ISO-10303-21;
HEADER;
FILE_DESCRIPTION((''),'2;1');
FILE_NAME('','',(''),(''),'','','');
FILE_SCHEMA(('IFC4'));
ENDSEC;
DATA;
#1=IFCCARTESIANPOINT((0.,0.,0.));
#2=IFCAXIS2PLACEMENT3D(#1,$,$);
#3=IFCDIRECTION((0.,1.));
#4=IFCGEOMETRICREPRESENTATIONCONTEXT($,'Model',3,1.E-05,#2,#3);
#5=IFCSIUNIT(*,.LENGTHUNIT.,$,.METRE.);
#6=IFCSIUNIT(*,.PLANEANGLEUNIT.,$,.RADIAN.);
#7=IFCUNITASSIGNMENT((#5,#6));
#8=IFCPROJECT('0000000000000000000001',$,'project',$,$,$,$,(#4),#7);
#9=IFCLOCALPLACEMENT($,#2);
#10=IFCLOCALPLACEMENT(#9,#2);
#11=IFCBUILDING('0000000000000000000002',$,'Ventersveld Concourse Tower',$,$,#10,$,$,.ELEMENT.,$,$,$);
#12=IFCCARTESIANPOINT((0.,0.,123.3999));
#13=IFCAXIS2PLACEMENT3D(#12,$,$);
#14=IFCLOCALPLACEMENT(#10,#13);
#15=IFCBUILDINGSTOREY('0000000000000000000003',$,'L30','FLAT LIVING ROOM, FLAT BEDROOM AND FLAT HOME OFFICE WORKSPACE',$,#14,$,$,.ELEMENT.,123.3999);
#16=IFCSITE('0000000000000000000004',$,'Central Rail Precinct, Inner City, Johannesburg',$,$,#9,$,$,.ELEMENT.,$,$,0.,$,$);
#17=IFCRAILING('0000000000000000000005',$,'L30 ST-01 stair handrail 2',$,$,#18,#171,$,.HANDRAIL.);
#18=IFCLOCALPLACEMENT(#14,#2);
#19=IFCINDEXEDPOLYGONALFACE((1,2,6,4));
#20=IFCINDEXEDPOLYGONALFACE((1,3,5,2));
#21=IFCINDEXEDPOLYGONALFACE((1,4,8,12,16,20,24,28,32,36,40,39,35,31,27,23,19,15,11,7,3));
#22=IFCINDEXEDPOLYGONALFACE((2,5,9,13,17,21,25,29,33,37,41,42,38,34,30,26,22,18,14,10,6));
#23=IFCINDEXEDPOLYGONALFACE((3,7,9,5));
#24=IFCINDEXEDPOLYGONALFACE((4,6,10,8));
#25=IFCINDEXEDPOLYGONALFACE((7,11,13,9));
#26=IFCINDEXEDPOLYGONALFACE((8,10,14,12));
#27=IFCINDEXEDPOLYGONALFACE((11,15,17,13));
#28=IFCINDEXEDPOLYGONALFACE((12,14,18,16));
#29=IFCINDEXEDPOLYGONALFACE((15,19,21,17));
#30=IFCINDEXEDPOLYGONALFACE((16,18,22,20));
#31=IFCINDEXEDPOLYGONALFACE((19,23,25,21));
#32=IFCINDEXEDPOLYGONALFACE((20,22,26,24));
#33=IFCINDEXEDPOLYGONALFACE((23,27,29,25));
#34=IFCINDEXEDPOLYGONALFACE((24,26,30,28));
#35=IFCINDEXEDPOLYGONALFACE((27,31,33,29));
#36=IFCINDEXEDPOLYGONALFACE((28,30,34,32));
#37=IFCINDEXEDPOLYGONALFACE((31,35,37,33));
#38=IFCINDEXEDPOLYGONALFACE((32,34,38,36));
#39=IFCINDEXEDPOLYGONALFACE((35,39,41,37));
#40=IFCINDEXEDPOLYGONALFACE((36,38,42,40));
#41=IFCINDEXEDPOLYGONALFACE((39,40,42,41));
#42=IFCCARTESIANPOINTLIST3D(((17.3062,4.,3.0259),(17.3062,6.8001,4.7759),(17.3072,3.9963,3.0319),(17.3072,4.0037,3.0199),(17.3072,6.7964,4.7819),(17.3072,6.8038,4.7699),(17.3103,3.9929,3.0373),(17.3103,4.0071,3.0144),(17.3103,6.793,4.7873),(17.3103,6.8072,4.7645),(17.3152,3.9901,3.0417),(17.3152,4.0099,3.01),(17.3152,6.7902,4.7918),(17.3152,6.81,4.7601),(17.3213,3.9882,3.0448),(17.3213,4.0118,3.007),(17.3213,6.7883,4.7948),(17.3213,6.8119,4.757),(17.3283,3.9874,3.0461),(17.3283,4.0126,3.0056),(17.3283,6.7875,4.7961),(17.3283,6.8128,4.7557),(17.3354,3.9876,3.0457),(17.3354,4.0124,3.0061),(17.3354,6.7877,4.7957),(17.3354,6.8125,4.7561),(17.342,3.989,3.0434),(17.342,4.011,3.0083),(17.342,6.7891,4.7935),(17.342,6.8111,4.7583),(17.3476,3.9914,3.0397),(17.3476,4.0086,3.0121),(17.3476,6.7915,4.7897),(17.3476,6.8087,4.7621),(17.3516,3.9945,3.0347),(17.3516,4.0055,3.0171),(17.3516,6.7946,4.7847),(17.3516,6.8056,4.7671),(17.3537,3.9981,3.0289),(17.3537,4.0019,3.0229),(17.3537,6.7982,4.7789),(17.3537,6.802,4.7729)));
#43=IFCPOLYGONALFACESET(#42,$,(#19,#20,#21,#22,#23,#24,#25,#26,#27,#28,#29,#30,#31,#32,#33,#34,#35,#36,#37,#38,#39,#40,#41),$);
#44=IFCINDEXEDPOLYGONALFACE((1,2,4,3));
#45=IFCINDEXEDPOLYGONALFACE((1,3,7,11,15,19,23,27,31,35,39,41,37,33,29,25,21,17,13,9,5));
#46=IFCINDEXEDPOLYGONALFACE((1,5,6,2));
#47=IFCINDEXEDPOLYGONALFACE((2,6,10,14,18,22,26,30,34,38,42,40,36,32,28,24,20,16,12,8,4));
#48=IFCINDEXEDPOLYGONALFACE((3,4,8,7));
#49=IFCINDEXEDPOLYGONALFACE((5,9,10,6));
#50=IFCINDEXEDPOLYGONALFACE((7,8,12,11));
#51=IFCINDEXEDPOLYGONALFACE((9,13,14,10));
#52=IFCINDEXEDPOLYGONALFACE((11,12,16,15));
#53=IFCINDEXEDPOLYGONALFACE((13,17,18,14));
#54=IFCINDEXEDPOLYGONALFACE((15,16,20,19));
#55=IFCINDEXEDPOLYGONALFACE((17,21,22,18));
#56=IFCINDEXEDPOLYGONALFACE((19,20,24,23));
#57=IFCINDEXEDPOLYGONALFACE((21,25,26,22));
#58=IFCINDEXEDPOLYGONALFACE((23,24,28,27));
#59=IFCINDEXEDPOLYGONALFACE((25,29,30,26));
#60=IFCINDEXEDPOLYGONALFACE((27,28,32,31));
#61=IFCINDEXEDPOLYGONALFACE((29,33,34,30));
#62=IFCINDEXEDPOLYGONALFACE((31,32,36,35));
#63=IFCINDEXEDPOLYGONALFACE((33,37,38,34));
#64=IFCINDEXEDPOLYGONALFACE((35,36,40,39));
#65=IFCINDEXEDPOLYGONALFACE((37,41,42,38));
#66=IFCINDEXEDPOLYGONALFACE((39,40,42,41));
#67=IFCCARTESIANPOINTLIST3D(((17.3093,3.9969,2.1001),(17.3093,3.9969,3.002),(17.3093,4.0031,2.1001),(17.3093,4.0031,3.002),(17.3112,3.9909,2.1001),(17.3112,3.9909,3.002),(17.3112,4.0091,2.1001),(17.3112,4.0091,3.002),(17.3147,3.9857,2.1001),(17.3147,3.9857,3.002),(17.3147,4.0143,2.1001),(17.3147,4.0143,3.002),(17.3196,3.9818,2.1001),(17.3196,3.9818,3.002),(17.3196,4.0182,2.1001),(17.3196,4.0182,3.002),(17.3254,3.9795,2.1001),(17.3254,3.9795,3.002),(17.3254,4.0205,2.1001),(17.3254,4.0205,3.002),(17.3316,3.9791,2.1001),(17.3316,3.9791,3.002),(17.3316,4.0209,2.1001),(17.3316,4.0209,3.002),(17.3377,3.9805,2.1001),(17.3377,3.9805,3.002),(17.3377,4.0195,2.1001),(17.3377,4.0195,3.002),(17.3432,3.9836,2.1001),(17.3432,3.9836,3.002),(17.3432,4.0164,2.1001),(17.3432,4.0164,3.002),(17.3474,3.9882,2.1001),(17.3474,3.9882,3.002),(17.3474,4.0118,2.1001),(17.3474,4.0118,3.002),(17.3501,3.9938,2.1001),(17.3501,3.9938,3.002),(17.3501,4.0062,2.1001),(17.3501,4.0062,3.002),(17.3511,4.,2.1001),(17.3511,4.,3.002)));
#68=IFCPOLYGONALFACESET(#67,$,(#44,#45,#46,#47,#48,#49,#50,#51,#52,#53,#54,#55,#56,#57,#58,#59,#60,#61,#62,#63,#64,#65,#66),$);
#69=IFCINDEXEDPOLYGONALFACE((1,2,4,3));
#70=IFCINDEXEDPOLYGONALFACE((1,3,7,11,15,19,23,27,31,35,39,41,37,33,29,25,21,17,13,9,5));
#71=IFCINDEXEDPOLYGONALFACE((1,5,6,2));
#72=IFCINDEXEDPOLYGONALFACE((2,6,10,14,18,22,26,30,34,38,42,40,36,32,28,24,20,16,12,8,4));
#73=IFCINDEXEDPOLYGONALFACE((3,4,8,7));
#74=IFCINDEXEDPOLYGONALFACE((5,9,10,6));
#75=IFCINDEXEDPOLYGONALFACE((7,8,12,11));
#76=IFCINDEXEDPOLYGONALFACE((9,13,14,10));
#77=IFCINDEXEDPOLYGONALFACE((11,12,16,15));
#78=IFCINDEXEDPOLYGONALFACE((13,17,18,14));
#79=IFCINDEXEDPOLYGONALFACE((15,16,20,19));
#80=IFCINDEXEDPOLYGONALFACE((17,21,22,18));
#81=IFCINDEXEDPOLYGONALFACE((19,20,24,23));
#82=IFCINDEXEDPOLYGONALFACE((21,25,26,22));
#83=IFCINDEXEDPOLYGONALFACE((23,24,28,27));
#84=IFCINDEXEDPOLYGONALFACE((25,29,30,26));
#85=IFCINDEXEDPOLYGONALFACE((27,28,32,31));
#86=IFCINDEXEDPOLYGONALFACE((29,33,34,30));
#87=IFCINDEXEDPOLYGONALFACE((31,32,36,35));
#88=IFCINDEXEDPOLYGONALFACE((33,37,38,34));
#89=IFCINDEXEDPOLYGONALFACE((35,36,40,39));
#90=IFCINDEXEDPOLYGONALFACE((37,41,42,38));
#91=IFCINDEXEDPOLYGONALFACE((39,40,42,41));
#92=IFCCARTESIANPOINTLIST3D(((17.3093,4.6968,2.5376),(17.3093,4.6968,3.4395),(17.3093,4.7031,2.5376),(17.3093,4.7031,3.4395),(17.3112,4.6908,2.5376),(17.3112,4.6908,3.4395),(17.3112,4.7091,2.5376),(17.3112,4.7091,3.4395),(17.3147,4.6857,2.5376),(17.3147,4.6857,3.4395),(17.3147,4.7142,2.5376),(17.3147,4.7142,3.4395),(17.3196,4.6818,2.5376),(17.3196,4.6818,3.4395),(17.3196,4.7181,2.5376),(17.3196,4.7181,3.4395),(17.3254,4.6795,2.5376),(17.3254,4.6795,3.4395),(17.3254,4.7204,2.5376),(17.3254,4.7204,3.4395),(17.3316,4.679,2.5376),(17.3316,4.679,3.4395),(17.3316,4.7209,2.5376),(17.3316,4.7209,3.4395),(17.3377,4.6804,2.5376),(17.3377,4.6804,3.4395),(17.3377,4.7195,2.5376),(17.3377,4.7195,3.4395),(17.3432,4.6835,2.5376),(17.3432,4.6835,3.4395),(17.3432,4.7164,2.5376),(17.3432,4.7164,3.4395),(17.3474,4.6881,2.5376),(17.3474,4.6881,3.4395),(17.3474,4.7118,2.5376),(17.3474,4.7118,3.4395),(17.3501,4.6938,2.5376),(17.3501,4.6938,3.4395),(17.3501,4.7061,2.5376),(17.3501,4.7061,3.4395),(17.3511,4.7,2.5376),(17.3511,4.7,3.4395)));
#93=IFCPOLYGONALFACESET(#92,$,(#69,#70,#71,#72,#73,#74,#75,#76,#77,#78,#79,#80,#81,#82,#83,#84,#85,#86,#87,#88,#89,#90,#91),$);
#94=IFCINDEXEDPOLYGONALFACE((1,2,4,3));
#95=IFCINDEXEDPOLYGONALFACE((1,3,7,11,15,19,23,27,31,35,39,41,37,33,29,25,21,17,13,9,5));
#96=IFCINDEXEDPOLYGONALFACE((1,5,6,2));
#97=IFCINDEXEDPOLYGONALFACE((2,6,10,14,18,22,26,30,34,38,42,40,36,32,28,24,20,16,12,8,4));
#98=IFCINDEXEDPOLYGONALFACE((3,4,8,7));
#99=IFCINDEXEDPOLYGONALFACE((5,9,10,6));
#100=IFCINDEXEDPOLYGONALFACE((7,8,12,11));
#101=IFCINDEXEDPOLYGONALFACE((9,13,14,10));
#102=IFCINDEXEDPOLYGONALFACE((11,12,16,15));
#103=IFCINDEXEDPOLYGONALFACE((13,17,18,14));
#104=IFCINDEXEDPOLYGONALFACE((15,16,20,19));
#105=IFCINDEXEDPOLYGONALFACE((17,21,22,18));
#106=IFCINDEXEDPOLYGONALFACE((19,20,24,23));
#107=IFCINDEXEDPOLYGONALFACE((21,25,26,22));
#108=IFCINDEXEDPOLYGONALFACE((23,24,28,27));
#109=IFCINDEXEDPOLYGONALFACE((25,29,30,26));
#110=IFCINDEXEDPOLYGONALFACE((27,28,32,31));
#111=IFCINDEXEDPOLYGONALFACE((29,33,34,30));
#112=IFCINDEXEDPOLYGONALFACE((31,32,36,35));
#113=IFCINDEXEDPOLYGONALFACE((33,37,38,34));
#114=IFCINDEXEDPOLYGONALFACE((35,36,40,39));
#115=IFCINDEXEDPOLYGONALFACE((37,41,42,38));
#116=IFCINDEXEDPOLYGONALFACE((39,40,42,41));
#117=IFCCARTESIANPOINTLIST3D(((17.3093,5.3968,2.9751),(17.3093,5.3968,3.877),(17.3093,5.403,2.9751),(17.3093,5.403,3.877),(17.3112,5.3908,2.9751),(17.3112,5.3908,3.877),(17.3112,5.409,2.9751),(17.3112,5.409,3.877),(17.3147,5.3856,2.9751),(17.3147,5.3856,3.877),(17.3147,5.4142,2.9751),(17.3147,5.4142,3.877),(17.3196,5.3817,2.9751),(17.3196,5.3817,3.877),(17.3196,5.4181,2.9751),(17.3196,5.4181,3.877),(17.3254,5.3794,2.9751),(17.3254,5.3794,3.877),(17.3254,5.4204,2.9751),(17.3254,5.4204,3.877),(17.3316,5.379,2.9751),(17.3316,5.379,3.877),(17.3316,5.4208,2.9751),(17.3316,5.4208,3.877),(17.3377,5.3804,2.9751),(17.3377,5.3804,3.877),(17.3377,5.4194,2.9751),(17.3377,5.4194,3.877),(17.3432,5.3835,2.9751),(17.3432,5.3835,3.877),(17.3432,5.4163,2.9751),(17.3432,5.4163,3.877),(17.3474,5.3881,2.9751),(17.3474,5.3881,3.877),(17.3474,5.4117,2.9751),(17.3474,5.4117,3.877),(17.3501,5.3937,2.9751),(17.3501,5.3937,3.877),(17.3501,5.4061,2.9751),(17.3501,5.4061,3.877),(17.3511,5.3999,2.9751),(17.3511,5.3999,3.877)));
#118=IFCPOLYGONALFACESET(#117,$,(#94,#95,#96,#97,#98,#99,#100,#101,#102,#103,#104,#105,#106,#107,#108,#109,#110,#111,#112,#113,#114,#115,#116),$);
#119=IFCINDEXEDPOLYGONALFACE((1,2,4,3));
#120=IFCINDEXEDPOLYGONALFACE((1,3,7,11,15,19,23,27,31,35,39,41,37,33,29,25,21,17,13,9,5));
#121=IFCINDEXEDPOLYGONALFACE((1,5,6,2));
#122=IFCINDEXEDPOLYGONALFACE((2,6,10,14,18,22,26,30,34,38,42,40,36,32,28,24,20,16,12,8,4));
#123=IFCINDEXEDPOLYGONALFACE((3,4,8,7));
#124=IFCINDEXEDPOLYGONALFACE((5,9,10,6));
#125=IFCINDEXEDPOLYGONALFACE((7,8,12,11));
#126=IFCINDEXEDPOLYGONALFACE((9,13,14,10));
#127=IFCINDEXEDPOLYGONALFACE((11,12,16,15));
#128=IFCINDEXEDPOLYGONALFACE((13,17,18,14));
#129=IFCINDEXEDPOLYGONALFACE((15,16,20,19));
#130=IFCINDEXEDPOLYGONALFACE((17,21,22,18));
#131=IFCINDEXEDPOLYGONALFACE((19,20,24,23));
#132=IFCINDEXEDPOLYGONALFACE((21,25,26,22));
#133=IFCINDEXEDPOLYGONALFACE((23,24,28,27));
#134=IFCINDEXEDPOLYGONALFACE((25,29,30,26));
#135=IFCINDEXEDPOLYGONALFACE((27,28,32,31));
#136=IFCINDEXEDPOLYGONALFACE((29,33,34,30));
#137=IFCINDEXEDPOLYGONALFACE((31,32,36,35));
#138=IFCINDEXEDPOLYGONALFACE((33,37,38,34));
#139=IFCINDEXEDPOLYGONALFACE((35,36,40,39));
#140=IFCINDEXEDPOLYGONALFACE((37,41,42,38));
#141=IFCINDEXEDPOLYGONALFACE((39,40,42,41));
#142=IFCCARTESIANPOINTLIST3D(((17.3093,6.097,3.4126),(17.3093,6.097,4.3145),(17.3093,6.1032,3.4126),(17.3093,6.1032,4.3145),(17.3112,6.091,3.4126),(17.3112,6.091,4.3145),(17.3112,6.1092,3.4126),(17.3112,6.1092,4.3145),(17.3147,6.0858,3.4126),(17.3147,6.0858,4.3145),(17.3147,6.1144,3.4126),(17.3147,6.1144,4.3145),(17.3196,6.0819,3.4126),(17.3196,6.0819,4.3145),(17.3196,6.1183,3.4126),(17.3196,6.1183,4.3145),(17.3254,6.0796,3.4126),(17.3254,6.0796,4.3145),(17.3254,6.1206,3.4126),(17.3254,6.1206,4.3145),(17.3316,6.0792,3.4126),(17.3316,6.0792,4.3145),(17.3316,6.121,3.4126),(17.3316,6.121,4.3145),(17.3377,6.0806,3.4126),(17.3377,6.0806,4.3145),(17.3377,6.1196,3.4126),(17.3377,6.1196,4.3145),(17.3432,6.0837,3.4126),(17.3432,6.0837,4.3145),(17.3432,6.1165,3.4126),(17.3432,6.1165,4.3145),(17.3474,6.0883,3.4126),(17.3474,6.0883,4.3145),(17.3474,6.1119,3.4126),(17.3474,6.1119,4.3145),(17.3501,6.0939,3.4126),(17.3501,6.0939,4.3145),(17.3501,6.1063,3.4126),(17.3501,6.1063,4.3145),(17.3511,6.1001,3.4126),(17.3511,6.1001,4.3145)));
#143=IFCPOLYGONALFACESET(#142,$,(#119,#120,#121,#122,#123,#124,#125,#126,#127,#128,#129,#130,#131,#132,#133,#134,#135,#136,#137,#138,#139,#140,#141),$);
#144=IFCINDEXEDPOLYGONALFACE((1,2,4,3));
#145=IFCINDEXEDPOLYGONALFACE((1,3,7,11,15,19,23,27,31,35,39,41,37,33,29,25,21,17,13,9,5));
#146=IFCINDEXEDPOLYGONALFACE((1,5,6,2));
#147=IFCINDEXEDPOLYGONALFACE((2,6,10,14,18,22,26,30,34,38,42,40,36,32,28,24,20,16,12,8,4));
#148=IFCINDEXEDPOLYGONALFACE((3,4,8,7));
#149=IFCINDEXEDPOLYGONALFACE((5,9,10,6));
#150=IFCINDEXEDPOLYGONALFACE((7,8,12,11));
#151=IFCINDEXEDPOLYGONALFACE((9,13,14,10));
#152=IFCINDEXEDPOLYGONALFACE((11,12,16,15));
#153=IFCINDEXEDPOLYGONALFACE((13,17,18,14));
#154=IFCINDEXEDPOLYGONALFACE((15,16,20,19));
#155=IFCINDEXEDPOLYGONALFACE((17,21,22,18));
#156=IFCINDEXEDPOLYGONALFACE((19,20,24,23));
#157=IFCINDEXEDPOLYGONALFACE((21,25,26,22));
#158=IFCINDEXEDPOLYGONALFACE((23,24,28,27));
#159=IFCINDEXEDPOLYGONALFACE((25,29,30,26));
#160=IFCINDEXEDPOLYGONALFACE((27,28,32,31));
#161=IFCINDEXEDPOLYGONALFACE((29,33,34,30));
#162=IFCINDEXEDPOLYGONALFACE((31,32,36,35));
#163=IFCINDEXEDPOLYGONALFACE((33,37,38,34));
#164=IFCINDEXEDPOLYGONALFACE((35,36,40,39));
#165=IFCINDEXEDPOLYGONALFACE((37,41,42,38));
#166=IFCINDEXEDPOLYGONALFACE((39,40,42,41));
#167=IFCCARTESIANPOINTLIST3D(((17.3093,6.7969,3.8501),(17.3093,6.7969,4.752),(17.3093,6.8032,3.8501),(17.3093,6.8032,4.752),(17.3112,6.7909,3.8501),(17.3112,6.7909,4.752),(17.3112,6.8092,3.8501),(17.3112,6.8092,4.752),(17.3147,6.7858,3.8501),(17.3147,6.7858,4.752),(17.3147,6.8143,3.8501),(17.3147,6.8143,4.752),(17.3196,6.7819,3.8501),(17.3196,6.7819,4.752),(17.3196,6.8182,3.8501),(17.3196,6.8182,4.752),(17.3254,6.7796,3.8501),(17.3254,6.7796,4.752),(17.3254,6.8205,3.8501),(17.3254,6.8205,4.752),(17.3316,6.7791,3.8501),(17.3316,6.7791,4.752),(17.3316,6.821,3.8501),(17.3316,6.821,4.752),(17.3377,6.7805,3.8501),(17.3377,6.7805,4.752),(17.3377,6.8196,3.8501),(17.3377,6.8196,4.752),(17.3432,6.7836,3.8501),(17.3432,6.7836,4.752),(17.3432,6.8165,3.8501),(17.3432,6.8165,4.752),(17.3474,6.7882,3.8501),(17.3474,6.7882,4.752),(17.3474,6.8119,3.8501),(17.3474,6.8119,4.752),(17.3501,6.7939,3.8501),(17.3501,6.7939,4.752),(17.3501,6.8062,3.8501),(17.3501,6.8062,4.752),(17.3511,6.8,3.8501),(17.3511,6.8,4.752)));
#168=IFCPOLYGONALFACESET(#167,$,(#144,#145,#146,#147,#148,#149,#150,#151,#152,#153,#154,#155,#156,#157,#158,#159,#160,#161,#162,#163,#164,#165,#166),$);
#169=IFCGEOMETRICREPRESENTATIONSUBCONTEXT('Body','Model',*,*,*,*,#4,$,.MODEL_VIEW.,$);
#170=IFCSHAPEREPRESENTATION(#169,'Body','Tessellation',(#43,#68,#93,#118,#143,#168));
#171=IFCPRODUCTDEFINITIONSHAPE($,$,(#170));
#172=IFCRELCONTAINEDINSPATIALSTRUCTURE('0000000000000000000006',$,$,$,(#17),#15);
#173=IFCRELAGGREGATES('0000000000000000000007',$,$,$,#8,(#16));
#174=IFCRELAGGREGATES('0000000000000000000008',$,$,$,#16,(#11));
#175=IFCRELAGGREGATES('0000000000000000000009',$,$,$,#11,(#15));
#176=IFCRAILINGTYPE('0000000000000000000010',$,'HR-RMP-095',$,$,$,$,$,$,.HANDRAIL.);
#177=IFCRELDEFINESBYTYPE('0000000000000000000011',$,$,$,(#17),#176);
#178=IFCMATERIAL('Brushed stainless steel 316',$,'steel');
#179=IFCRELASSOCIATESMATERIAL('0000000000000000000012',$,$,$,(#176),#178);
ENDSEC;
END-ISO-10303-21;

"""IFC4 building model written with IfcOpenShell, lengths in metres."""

from ifc_helpers import new_model, si_unit, direction, frame, origin, origin_2d, place, context, subcontext, project, spatial, circle, extrude, material, type_object, element, save


model = new_model("IFC4")

# Units and contexts
model_context = context("Model", 3, precision=1e-05, world=origin(), true_north=direction((0.0, 1.0)))
body_context = subcontext(model_context, "Body", "Model", "MODEL_VIEW")
ifc_project = project(units=[si_unit("LENGTHUNIT", "METRE"), si_unit("PLANEANGLEUNIT", "RADIAN")], contexts=[model_context])

# Site, building, storey
site_placement = place(None, origin())
site = spatial("IfcSite", under=ifc_project, at=site_placement, Name="Central Rail Precinct, Inner City, Johannesburg", CompositionType="ELEMENT", RefElevation=0.0)
building_placement = place(site_placement, origin())
building = spatial("IfcBuilding", under=site, at=building_placement, Name="Ventersveld Concourse Tower", CompositionType="ELEMENT")
storey_placement = place(building_placement, frame((0.0, 0.0, 123.3999)))
storey = spatial("IfcBuildingStorey", under=building, at=storey_placement, Name="L30", Description="FLAT LIVING ROOM, FLAT BEDROOM AND FLAT HOME OFFICE WORKSPACE", CompositionType="ELEMENT", Elevation=123.3999)

# Shared definitions
ifc_material_1 = material(Name="Brushed stainless steel 316", Category="steel")

# Railing
railing_type_1 = type_object("IfcRailingType", Name="HR-RMP-095", PredefinedType="HANDRAIL", material=ifc_material_1)
railing_1_placement = place(storey_placement, frame((17.3301, 4.0, 2.1001)))
element("IfcRailing", 1, at=railing_1_placement, inside=storey, type_object=railing_type_1, Name="L30 ST-01 stair handrail 2", PredefinedType="HANDRAIL", context=body_context, shape_type="SweptSolid", body=[
    extrude(circle(Radius=0.0239, at=origin_2d()), frame((0.0, 0.0, 0.9258), z_axis=(0.0, 0.848002, 0.529992), x_axis=(-1.0, 0.0, 0.0)), (0.0, 0.0, 1.0), 3.302),
    extrude(circle(Radius=0.021, at=origin_2d()), origin(), (0.0, 0.0, 1.0), 0.9019),
    extrude(circle(Radius=0.021, at=origin_2d()), frame((0.0, 0.7, 0.4375)), (0.0, 0.0, 1.0), 0.9019),
    extrude(circle(Radius=0.021, at=origin_2d()), frame((0.0, 1.3999, 0.875)), (0.0, 0.0, 1.0), 0.9019),
    extrude(circle(Radius=0.021, at=origin_2d()), frame((0.0, 2.1001, 1.3125)), (0.0, 0.0, 1.0), 0.9019),
    extrude(circle(Radius=0.021, at=origin_2d()), frame((0.0, 2.8, 1.75)), (0.0, 0.0, 1.0), 0.9019),
])

save(model, "model.ifc")
